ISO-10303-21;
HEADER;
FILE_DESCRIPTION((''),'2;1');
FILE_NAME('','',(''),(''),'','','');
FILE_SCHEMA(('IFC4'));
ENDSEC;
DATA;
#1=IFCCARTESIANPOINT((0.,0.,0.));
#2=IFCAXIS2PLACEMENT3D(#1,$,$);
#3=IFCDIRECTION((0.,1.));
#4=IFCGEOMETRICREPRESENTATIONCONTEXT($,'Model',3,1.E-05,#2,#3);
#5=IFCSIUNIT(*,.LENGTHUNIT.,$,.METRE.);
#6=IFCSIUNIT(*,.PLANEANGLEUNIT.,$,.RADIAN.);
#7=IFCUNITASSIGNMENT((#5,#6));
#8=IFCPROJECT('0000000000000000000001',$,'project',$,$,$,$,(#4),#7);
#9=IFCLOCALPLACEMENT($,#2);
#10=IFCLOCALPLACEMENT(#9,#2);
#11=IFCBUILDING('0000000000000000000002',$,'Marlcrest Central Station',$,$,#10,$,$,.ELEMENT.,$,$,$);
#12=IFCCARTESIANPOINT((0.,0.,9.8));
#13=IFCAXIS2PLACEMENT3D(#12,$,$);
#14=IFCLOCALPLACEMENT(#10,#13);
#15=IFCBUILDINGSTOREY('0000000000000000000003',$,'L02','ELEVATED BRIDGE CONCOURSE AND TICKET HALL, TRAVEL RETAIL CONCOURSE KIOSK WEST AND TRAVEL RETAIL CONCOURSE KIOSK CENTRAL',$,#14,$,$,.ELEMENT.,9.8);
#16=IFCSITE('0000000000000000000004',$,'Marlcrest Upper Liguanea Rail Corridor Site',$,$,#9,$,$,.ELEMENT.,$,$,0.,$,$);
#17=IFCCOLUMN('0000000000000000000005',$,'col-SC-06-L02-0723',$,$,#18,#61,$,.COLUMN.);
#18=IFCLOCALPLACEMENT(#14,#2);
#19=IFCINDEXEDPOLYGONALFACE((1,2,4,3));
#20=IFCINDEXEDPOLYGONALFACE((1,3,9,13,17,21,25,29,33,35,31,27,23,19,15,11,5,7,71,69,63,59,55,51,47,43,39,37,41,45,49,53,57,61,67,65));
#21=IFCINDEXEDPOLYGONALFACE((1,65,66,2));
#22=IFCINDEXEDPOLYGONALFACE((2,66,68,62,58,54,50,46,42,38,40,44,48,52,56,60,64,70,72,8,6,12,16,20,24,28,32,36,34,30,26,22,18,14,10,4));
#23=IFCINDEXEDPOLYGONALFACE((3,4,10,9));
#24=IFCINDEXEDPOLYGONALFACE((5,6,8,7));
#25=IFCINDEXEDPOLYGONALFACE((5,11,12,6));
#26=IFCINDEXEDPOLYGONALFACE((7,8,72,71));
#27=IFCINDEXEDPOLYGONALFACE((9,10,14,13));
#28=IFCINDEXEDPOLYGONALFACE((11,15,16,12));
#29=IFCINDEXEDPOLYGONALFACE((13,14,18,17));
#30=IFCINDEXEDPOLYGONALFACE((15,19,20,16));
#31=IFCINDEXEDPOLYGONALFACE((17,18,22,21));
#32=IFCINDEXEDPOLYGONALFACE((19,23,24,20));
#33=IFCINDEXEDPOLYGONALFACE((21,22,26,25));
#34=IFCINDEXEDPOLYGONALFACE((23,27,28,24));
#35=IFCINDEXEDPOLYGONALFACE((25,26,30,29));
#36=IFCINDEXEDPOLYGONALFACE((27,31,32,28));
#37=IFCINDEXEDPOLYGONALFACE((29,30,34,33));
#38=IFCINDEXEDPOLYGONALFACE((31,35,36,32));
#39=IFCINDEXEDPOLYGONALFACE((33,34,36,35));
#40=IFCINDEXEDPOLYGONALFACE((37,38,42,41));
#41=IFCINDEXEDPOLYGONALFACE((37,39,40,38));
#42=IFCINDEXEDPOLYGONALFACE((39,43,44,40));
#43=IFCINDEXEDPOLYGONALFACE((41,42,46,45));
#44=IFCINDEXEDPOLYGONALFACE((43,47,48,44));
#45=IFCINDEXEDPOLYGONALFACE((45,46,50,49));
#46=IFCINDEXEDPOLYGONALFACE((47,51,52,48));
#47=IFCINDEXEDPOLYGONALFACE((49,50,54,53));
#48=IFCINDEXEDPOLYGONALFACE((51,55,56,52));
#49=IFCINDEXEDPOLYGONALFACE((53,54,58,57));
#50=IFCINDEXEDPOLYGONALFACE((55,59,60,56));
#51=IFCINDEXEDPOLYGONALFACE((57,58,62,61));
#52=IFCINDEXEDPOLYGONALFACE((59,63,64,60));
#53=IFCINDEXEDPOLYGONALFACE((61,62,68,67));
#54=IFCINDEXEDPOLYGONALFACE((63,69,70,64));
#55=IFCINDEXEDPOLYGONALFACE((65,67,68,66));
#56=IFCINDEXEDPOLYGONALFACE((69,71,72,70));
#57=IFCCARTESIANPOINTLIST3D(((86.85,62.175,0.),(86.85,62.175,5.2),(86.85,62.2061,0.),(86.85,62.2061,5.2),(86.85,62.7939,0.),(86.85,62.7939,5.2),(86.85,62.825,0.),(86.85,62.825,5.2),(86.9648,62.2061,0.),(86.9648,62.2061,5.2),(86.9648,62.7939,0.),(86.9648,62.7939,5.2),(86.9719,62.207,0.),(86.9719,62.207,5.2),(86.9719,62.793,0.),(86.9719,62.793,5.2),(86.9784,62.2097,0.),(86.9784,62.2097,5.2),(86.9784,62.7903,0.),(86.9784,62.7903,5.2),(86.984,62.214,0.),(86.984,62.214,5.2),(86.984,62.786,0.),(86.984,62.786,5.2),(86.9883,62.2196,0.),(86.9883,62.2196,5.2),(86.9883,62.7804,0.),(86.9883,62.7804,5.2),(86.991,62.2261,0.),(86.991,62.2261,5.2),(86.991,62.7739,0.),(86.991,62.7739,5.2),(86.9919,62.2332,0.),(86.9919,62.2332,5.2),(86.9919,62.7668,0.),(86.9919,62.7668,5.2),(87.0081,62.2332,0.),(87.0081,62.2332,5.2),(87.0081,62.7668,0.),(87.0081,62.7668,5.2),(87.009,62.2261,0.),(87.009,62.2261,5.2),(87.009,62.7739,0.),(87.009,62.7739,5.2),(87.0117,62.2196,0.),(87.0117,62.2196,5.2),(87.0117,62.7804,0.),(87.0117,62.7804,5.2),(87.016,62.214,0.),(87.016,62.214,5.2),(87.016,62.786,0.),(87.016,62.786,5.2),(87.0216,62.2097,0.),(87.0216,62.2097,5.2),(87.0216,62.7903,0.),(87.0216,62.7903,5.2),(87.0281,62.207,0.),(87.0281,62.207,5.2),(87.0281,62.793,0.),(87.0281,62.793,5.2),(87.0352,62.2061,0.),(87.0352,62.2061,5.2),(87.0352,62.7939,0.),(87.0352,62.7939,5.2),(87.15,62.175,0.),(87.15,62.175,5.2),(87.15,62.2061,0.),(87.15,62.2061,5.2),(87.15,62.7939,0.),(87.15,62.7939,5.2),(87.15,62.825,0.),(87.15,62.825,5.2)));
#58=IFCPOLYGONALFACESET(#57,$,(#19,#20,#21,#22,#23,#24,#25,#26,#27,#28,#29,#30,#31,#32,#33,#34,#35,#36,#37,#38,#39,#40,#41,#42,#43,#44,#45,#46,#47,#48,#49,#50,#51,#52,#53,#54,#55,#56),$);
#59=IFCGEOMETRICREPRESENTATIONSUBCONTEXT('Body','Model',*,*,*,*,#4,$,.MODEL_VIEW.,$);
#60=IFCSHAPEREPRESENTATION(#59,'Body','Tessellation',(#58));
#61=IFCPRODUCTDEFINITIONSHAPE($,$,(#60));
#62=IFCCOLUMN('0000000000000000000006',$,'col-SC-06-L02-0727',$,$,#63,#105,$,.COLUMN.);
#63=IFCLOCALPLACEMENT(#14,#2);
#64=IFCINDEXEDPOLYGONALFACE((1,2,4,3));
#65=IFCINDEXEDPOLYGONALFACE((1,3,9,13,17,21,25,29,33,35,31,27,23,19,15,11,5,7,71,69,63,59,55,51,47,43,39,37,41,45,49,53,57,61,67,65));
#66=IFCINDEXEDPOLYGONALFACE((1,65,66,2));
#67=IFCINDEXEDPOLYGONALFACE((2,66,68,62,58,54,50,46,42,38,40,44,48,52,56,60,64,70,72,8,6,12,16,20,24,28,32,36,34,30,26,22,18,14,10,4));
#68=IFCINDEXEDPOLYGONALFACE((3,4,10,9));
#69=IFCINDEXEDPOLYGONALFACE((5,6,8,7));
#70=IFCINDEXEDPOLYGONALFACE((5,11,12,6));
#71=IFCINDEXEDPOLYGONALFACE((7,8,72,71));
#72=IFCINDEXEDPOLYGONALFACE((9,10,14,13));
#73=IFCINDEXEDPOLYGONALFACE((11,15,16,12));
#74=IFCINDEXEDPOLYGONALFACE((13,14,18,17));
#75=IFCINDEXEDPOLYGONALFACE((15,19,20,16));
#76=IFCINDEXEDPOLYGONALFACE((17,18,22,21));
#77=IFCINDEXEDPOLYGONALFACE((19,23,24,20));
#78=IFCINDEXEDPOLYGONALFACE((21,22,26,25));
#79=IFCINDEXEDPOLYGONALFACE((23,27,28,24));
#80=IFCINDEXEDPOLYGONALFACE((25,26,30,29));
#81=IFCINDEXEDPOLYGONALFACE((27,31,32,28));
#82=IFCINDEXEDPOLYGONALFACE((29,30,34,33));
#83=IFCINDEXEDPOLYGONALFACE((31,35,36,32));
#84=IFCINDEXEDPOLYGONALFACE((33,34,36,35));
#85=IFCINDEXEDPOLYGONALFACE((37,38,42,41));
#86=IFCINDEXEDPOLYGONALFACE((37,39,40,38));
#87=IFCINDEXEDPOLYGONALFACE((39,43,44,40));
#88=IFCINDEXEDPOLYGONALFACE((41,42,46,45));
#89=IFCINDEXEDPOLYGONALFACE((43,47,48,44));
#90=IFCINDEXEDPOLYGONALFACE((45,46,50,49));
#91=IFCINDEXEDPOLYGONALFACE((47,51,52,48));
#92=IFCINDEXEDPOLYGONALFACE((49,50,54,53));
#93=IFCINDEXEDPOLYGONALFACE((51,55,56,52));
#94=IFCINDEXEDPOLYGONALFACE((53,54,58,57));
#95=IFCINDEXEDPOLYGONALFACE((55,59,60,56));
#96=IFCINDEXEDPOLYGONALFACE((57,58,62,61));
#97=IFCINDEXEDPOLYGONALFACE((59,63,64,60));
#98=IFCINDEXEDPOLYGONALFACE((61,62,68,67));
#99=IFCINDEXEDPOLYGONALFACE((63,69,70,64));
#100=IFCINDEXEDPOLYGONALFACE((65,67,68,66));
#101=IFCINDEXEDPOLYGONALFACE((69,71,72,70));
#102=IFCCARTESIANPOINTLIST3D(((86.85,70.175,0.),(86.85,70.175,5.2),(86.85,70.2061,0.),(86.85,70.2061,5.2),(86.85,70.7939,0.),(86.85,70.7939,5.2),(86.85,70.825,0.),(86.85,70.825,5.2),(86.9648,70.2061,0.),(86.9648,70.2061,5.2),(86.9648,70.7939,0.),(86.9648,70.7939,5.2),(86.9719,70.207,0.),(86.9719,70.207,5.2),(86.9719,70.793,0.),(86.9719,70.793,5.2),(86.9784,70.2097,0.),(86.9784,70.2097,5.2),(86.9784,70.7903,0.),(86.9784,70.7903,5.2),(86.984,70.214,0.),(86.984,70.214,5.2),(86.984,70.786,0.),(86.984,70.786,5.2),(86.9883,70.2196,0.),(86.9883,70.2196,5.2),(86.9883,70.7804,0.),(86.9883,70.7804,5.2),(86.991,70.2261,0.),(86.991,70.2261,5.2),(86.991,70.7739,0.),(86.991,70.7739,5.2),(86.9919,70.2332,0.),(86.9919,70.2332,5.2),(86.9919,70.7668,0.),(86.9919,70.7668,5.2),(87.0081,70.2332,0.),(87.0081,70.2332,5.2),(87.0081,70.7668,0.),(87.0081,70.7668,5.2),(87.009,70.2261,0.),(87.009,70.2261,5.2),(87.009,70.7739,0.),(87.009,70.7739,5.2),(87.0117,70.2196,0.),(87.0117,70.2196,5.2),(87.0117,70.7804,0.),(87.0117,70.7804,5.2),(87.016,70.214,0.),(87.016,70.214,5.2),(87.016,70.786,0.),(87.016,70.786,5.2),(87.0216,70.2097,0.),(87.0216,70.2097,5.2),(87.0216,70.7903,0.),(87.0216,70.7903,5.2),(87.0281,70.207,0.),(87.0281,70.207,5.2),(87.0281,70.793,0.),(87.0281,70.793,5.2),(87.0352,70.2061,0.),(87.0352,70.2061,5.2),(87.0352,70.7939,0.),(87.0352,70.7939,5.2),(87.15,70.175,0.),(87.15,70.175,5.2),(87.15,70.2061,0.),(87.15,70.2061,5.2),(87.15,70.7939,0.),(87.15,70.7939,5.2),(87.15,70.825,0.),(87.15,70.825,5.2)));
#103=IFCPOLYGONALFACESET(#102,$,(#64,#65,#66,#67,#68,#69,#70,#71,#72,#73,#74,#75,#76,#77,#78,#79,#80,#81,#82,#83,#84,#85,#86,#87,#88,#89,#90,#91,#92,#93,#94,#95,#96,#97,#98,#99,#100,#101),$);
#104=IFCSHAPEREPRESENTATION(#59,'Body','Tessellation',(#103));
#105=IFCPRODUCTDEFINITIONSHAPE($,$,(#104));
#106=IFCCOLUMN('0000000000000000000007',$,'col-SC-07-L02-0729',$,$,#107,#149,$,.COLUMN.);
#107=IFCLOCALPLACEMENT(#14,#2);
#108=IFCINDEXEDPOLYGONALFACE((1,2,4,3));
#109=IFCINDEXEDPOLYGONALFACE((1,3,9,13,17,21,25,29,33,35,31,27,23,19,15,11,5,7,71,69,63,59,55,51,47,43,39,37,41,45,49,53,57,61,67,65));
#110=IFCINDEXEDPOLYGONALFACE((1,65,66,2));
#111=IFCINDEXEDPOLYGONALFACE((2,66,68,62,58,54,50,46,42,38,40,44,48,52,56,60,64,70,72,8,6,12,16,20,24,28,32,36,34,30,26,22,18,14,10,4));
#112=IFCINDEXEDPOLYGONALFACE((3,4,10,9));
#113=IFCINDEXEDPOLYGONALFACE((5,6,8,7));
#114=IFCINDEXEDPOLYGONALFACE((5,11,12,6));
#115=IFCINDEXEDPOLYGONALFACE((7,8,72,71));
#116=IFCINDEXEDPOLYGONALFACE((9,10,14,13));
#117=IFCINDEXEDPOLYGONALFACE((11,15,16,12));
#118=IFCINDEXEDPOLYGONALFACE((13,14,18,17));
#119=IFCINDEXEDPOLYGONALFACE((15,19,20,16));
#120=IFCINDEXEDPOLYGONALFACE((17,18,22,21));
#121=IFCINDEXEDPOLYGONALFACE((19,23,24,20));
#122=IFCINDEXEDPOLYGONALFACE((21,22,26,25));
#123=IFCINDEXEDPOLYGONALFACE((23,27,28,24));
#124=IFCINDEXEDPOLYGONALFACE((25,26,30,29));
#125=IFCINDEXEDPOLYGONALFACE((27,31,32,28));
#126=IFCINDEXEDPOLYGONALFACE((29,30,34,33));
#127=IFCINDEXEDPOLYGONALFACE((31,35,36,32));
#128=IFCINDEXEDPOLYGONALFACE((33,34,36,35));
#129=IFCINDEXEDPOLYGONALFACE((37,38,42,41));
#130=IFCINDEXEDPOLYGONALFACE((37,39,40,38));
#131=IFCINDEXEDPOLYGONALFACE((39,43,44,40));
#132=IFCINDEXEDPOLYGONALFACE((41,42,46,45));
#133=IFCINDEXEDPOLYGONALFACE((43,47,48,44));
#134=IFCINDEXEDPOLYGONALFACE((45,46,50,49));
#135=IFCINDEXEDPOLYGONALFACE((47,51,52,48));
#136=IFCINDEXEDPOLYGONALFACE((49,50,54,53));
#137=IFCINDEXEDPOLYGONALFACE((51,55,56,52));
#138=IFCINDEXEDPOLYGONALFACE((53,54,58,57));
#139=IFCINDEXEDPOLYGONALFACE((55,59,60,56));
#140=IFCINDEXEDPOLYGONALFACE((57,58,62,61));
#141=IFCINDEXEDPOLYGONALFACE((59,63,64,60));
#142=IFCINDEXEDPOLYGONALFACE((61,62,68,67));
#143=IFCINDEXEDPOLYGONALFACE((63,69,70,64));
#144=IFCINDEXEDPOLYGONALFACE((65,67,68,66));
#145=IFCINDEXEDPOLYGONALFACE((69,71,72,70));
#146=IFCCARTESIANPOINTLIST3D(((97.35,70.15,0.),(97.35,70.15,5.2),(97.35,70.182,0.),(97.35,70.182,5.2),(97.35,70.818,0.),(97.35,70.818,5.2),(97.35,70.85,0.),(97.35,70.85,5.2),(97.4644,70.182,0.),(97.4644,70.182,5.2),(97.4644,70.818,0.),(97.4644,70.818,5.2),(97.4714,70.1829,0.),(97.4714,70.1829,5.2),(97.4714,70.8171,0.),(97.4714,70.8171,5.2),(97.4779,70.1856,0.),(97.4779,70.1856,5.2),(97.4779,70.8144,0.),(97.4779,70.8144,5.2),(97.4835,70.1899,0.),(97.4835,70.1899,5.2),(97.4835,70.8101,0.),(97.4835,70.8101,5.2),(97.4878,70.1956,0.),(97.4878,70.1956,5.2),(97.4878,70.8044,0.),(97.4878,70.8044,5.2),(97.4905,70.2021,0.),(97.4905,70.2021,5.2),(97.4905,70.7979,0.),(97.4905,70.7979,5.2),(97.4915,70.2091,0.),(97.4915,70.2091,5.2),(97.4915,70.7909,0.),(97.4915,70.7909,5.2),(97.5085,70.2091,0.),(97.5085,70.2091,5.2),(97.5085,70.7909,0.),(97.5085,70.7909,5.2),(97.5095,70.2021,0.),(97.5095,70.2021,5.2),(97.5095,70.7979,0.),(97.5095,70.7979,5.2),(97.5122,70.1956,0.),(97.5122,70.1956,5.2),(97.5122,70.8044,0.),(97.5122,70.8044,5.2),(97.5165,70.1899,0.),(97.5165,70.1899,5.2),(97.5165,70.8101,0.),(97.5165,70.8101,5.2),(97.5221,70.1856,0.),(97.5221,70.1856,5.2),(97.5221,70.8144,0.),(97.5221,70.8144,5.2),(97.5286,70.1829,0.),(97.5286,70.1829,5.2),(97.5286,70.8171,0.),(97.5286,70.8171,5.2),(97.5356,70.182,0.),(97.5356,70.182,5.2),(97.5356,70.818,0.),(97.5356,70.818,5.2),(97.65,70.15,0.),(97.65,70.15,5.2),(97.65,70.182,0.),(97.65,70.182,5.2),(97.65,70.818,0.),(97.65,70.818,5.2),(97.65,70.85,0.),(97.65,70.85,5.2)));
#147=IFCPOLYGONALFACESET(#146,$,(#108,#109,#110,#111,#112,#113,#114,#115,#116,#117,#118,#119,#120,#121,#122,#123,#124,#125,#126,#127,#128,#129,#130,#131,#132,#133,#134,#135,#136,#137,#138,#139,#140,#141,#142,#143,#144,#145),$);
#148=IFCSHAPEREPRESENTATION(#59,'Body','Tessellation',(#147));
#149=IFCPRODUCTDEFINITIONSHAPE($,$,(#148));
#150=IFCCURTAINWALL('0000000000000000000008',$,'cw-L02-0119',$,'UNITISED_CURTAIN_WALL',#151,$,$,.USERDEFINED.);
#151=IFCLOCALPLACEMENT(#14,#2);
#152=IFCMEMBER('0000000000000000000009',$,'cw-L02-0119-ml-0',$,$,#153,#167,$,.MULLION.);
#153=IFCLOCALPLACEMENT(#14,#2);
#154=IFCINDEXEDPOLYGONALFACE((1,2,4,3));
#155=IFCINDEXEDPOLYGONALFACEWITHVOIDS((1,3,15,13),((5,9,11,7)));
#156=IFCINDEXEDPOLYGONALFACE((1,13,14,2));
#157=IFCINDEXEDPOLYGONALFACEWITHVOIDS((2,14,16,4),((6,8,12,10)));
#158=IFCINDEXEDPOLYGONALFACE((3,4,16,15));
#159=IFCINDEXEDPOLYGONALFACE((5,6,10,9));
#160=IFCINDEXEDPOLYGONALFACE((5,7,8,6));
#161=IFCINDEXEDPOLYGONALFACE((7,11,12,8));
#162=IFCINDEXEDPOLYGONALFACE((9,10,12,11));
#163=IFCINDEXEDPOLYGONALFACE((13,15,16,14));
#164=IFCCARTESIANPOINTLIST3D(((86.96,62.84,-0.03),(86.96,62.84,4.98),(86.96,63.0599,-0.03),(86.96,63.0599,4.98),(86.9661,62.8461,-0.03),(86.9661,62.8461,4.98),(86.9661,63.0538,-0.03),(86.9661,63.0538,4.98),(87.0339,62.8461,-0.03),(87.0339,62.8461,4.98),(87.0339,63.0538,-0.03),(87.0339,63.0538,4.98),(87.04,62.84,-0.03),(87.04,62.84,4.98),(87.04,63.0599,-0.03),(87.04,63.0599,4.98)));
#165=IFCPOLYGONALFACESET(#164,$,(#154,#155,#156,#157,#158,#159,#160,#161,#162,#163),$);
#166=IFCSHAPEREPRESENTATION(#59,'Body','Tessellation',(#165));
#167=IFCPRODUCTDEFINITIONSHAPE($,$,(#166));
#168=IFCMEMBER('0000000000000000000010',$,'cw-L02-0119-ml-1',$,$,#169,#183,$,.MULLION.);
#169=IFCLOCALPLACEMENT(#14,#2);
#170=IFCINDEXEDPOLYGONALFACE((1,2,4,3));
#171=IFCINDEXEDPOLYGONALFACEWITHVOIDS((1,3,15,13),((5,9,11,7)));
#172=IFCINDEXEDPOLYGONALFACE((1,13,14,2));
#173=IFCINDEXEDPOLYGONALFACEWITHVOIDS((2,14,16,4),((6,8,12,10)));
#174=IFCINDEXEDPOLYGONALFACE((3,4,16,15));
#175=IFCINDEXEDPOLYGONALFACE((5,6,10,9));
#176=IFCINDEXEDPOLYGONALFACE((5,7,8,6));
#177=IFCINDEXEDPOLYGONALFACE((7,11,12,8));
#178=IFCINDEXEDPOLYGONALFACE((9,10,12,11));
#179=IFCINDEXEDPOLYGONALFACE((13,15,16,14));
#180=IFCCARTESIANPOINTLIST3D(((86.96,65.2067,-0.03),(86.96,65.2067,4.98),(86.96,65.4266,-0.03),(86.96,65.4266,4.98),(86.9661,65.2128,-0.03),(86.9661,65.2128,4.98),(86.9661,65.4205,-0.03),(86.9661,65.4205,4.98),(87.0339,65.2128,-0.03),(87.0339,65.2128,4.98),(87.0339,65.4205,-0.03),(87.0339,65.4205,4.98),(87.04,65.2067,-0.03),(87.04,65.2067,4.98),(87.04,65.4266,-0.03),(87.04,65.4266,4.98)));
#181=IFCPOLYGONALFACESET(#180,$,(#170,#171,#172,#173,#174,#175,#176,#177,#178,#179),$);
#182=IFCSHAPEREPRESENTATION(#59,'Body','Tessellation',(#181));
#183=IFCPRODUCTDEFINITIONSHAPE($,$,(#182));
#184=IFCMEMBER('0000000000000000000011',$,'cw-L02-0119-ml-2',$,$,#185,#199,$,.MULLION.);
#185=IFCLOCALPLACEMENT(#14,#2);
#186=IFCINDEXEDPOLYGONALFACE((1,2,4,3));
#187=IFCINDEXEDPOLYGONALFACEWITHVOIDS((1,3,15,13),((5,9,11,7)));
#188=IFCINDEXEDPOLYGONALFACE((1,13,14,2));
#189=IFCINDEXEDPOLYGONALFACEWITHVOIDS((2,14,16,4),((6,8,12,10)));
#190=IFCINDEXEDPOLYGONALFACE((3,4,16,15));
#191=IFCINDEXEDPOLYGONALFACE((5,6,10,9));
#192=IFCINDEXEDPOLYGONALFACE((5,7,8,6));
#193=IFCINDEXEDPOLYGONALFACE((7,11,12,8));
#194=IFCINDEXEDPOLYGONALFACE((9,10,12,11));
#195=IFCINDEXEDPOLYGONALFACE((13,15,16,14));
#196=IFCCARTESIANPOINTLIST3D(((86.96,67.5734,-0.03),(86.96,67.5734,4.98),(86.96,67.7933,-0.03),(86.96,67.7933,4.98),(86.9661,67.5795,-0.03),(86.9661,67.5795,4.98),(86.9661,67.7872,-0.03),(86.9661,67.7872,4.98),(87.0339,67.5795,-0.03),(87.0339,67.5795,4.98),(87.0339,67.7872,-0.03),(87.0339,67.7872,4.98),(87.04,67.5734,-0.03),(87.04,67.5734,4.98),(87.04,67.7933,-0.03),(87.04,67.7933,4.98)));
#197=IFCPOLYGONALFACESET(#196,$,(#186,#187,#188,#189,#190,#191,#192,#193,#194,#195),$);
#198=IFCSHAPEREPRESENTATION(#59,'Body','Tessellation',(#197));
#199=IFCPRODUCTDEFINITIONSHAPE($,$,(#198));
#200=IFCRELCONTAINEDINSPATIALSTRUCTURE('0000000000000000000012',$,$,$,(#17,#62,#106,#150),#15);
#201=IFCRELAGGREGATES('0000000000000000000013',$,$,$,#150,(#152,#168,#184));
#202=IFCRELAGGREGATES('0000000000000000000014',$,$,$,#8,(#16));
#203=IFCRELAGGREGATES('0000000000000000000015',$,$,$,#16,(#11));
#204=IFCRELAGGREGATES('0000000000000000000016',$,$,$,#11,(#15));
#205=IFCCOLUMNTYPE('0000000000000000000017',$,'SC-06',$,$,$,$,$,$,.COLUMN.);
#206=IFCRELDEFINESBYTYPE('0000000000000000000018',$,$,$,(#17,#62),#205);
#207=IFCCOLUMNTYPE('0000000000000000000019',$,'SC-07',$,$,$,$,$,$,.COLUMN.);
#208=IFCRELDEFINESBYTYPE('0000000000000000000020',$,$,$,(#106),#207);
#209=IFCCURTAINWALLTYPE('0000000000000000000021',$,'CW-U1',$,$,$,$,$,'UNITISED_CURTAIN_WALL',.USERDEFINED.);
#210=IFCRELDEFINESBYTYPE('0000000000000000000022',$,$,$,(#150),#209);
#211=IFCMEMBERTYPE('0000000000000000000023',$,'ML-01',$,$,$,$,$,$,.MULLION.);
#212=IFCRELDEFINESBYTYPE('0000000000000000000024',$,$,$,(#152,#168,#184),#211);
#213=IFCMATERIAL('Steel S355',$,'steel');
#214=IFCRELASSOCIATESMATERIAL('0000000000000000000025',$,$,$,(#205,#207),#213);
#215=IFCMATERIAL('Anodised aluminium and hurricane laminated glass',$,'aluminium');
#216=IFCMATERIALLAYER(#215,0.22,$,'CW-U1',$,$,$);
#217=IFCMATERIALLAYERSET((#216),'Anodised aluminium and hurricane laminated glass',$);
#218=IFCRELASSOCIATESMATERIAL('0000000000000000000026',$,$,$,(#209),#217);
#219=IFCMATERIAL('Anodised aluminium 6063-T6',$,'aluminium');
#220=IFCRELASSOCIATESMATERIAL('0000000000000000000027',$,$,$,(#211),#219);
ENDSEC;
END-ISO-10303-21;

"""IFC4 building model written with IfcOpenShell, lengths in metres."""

from ifc_helpers import new_model, si_unit, direction, frame, origin, origin_2d, place, context, subcontext, project, spatial, hollow_rectangle, i_section, extrude, material, layer, layer_set, material_profile, profile_set, type_object, element, aggregate, save


model = new_model("IFC4")

# Units and contexts
model_context = context("Model", 3, precision=1e-05, world=origin(), true_north=direction((0.0, 1.0)))
body_context = subcontext(model_context, "Body", "Model", "MODEL_VIEW")
ifc_project = project(units=[si_unit("LENGTHUNIT", "METRE"), si_unit("PLANEANGLEUNIT", "RADIAN")], contexts=[model_context])

# Site, building, storey
site_placement = place(None, origin())
site = spatial("IfcSite", under=ifc_project, at=site_placement, Name="Marlcrest Upper Liguanea Rail Corridor Site", CompositionType="ELEMENT", RefElevation=0.0)
building_placement = place(site_placement, origin())
building = spatial("IfcBuilding", under=site, at=building_placement, Name="Marlcrest Central Station", CompositionType="ELEMENT")
storey_placement = place(building_placement, frame((0.0, 0.0, 9.8)))
storey = spatial("IfcBuildingStorey", under=building, at=storey_placement, Name="L02", Description="ELEVATED BRIDGE CONCOURSE AND TICKET HALL, TRAVEL RETAIL CONCOURSE KIOSK WEST AND TRAVEL RETAIL CONCOURSE KIOSK CENTRAL", CompositionType="ELEMENT", Elevation=9.8)

# Columns
ifc_material_1 = material(Name="Steel S355", Category="steel")
ifc_material_profile_1 = material_profile(ifc_material_1, i_section(OverallWidth=0.3, OverallDepth=0.6499, WebThickness=0.0161, FlangeThickness=0.031, FilletRadius=0.0271, at=origin_2d()), Name="HEB 650")
ifc_profile_set_1 = profile_set([ifc_material_profile_1], Name="Steel S355")
column_type_1 = type_object("IfcColumnType", Name="SC-06", PredefinedType="COLUMN", material=ifc_profile_set_1)
for number, where, z_axis, x_axis, name in (
    (1, (87.0, 62.5, 0.0), (0.0, 0.0, 1.0), (1.0, 0.0, 0.0), "col-SC-06-L02-0723"),
    (2, (87.0, 70.5, 0.0), (0.0, 0.0, 1.0), (1.0, 0.0, 0.0), "col-SC-06-L02-0727"),
):
    element("IfcColumn", number, at=place(storey_placement, frame(where, z_axis=z_axis, x_axis=x_axis)), inside=storey, type_object=column_type_1, Name=name, PredefinedType="COLUMN", context=body_context, shape_type="SweptSolid", body=[
        extrude(i_section(OverallWidth=0.3, OverallDepth=0.6499, WebThickness=0.0161, FlangeThickness=0.031, FilletRadius=0.0271, at=origin_2d()), origin(), (0.0, 0.0, 1.0), 5.2),
    ])
ifc_material_profile_2 = material_profile(ifc_material_1, i_section(OverallWidth=0.3, OverallDepth=0.7, WebThickness=0.0171, FlangeThickness=0.032, FilletRadius=0.0271, at=origin_2d()), Name="HEB 700")
ifc_profile_set_2 = profile_set([ifc_material_profile_2], Name="Steel S355")
column_type_2 = type_object("IfcColumnType", Name="SC-07", PredefinedType="COLUMN", material=ifc_profile_set_2)
column_placement = place(storey_placement, frame((97.5, 70.5, 0.0), z_axis=(0.0, 0.0, 1.0), x_axis=(1.0, 0.0, 0.0)))
element("IfcColumn", 3, at=column_placement, inside=storey, type_object=column_type_2, Name="col-SC-07-L02-0729", PredefinedType="COLUMN", context=body_context, shape_type="SweptSolid", body=[
    extrude(i_section(OverallWidth=0.3, OverallDepth=0.7, WebThickness=0.0171, FlangeThickness=0.032, FilletRadius=0.0271, at=origin_2d()), origin(), (0.0, 0.0, 1.0), 5.2),
])

# Curtain wall, members
ifc_material_2 = material(Name="Anodised aluminium and hurricane laminated glass", Category="aluminium")
ifc_layer_1 = layer(ifc_material_2, 0.22, Name="CW-U1")
ifc_layer_set_1 = layer_set([ifc_layer_1], Name="Anodised aluminium and hurricane laminated glass")
curtain_wall_type = type_object("IfcCurtainWallType", Name="CW-U1", ElementType="UNITISED_CURTAIN_WALL", PredefinedType="USERDEFINED", material=ifc_layer_set_1)
curtain_wall_1_placement = place(storey_placement, origin())
curtain_wall_1 = element("IfcCurtainWall", 4, at=curtain_wall_1_placement, inside=storey, type_object=curtain_wall_type, Name="cw-L02-0119", ObjectType="UNITISED_CURTAIN_WALL", PredefinedType="USERDEFINED")
ifc_material_3 = material(Name="Anodised aluminium 6063-T6", Category="aluminium")
ifc_material_profile_3 = material_profile(ifc_material_3, hollow_rectangle(XDim=0.0801, YDim=0.22, WallThickness=0.0061, at=origin_2d()), Name="AA-RHS 220x80x6")
ifc_profile_set_3 = profile_set([ifc_material_profile_3], Name="Anodised aluminium 6063-T6")
member_type_1 = type_object("IfcMemberType", Name="ML-01", PredefinedType="MULLION", material=ifc_profile_set_3)
member_1_placement = place(storey_placement, frame((87.0, 62.95, -0.03), z_axis=(0.0, 0.0, 1.0), x_axis=(1.0, 0.0, 0.0)))
member_1 = element("IfcMember", 5, at=member_1_placement, type_object=member_type_1, Name="cw-L02-0119-ml-0", PredefinedType="MULLION", context=body_context, shape_type="SweptSolid", body=[
    extrude(hollow_rectangle(XDim=0.0801, YDim=0.22, WallThickness=0.0061, at=origin_2d()), origin(), (0.0, 0.0, 1.0), 5.01),
])
member_2_placement = place(storey_placement, frame((87.0, 65.3167, -0.03), z_axis=(0.0, 0.0, 1.0), x_axis=(1.0, 0.0, 0.0)))
member_2 = element("IfcMember", 6, at=member_2_placement, type_object=member_type_1, Name="cw-L02-0119-ml-1", PredefinedType="MULLION", context=body_context, shape_type="SweptSolid", body=[
    extrude(hollow_rectangle(XDim=0.0801, YDim=0.22, WallThickness=0.0061, at=origin_2d()), origin(), (0.0, 0.0, 1.0), 5.01),
])
member_3_placement = place(storey_placement, frame((87.0, 67.6833, -0.03), z_axis=(0.0, 0.0, 1.0), x_axis=(1.0, 0.0, 0.0)))
member_3 = element("IfcMember", 7, at=member_3_placement, type_object=member_type_1, Name="cw-L02-0119-ml-2", PredefinedType="MULLION", context=body_context, shape_type="SweptSolid", body=[
    extrude(hollow_rectangle(XDim=0.0801, YDim=0.22, WallThickness=0.0061, at=origin_2d()), origin(), (0.0, 0.0, 1.0), 5.01),
])

aggregate(curtain_wall_1, [member_1, member_2, member_3])

save(model, "model.ifc")
